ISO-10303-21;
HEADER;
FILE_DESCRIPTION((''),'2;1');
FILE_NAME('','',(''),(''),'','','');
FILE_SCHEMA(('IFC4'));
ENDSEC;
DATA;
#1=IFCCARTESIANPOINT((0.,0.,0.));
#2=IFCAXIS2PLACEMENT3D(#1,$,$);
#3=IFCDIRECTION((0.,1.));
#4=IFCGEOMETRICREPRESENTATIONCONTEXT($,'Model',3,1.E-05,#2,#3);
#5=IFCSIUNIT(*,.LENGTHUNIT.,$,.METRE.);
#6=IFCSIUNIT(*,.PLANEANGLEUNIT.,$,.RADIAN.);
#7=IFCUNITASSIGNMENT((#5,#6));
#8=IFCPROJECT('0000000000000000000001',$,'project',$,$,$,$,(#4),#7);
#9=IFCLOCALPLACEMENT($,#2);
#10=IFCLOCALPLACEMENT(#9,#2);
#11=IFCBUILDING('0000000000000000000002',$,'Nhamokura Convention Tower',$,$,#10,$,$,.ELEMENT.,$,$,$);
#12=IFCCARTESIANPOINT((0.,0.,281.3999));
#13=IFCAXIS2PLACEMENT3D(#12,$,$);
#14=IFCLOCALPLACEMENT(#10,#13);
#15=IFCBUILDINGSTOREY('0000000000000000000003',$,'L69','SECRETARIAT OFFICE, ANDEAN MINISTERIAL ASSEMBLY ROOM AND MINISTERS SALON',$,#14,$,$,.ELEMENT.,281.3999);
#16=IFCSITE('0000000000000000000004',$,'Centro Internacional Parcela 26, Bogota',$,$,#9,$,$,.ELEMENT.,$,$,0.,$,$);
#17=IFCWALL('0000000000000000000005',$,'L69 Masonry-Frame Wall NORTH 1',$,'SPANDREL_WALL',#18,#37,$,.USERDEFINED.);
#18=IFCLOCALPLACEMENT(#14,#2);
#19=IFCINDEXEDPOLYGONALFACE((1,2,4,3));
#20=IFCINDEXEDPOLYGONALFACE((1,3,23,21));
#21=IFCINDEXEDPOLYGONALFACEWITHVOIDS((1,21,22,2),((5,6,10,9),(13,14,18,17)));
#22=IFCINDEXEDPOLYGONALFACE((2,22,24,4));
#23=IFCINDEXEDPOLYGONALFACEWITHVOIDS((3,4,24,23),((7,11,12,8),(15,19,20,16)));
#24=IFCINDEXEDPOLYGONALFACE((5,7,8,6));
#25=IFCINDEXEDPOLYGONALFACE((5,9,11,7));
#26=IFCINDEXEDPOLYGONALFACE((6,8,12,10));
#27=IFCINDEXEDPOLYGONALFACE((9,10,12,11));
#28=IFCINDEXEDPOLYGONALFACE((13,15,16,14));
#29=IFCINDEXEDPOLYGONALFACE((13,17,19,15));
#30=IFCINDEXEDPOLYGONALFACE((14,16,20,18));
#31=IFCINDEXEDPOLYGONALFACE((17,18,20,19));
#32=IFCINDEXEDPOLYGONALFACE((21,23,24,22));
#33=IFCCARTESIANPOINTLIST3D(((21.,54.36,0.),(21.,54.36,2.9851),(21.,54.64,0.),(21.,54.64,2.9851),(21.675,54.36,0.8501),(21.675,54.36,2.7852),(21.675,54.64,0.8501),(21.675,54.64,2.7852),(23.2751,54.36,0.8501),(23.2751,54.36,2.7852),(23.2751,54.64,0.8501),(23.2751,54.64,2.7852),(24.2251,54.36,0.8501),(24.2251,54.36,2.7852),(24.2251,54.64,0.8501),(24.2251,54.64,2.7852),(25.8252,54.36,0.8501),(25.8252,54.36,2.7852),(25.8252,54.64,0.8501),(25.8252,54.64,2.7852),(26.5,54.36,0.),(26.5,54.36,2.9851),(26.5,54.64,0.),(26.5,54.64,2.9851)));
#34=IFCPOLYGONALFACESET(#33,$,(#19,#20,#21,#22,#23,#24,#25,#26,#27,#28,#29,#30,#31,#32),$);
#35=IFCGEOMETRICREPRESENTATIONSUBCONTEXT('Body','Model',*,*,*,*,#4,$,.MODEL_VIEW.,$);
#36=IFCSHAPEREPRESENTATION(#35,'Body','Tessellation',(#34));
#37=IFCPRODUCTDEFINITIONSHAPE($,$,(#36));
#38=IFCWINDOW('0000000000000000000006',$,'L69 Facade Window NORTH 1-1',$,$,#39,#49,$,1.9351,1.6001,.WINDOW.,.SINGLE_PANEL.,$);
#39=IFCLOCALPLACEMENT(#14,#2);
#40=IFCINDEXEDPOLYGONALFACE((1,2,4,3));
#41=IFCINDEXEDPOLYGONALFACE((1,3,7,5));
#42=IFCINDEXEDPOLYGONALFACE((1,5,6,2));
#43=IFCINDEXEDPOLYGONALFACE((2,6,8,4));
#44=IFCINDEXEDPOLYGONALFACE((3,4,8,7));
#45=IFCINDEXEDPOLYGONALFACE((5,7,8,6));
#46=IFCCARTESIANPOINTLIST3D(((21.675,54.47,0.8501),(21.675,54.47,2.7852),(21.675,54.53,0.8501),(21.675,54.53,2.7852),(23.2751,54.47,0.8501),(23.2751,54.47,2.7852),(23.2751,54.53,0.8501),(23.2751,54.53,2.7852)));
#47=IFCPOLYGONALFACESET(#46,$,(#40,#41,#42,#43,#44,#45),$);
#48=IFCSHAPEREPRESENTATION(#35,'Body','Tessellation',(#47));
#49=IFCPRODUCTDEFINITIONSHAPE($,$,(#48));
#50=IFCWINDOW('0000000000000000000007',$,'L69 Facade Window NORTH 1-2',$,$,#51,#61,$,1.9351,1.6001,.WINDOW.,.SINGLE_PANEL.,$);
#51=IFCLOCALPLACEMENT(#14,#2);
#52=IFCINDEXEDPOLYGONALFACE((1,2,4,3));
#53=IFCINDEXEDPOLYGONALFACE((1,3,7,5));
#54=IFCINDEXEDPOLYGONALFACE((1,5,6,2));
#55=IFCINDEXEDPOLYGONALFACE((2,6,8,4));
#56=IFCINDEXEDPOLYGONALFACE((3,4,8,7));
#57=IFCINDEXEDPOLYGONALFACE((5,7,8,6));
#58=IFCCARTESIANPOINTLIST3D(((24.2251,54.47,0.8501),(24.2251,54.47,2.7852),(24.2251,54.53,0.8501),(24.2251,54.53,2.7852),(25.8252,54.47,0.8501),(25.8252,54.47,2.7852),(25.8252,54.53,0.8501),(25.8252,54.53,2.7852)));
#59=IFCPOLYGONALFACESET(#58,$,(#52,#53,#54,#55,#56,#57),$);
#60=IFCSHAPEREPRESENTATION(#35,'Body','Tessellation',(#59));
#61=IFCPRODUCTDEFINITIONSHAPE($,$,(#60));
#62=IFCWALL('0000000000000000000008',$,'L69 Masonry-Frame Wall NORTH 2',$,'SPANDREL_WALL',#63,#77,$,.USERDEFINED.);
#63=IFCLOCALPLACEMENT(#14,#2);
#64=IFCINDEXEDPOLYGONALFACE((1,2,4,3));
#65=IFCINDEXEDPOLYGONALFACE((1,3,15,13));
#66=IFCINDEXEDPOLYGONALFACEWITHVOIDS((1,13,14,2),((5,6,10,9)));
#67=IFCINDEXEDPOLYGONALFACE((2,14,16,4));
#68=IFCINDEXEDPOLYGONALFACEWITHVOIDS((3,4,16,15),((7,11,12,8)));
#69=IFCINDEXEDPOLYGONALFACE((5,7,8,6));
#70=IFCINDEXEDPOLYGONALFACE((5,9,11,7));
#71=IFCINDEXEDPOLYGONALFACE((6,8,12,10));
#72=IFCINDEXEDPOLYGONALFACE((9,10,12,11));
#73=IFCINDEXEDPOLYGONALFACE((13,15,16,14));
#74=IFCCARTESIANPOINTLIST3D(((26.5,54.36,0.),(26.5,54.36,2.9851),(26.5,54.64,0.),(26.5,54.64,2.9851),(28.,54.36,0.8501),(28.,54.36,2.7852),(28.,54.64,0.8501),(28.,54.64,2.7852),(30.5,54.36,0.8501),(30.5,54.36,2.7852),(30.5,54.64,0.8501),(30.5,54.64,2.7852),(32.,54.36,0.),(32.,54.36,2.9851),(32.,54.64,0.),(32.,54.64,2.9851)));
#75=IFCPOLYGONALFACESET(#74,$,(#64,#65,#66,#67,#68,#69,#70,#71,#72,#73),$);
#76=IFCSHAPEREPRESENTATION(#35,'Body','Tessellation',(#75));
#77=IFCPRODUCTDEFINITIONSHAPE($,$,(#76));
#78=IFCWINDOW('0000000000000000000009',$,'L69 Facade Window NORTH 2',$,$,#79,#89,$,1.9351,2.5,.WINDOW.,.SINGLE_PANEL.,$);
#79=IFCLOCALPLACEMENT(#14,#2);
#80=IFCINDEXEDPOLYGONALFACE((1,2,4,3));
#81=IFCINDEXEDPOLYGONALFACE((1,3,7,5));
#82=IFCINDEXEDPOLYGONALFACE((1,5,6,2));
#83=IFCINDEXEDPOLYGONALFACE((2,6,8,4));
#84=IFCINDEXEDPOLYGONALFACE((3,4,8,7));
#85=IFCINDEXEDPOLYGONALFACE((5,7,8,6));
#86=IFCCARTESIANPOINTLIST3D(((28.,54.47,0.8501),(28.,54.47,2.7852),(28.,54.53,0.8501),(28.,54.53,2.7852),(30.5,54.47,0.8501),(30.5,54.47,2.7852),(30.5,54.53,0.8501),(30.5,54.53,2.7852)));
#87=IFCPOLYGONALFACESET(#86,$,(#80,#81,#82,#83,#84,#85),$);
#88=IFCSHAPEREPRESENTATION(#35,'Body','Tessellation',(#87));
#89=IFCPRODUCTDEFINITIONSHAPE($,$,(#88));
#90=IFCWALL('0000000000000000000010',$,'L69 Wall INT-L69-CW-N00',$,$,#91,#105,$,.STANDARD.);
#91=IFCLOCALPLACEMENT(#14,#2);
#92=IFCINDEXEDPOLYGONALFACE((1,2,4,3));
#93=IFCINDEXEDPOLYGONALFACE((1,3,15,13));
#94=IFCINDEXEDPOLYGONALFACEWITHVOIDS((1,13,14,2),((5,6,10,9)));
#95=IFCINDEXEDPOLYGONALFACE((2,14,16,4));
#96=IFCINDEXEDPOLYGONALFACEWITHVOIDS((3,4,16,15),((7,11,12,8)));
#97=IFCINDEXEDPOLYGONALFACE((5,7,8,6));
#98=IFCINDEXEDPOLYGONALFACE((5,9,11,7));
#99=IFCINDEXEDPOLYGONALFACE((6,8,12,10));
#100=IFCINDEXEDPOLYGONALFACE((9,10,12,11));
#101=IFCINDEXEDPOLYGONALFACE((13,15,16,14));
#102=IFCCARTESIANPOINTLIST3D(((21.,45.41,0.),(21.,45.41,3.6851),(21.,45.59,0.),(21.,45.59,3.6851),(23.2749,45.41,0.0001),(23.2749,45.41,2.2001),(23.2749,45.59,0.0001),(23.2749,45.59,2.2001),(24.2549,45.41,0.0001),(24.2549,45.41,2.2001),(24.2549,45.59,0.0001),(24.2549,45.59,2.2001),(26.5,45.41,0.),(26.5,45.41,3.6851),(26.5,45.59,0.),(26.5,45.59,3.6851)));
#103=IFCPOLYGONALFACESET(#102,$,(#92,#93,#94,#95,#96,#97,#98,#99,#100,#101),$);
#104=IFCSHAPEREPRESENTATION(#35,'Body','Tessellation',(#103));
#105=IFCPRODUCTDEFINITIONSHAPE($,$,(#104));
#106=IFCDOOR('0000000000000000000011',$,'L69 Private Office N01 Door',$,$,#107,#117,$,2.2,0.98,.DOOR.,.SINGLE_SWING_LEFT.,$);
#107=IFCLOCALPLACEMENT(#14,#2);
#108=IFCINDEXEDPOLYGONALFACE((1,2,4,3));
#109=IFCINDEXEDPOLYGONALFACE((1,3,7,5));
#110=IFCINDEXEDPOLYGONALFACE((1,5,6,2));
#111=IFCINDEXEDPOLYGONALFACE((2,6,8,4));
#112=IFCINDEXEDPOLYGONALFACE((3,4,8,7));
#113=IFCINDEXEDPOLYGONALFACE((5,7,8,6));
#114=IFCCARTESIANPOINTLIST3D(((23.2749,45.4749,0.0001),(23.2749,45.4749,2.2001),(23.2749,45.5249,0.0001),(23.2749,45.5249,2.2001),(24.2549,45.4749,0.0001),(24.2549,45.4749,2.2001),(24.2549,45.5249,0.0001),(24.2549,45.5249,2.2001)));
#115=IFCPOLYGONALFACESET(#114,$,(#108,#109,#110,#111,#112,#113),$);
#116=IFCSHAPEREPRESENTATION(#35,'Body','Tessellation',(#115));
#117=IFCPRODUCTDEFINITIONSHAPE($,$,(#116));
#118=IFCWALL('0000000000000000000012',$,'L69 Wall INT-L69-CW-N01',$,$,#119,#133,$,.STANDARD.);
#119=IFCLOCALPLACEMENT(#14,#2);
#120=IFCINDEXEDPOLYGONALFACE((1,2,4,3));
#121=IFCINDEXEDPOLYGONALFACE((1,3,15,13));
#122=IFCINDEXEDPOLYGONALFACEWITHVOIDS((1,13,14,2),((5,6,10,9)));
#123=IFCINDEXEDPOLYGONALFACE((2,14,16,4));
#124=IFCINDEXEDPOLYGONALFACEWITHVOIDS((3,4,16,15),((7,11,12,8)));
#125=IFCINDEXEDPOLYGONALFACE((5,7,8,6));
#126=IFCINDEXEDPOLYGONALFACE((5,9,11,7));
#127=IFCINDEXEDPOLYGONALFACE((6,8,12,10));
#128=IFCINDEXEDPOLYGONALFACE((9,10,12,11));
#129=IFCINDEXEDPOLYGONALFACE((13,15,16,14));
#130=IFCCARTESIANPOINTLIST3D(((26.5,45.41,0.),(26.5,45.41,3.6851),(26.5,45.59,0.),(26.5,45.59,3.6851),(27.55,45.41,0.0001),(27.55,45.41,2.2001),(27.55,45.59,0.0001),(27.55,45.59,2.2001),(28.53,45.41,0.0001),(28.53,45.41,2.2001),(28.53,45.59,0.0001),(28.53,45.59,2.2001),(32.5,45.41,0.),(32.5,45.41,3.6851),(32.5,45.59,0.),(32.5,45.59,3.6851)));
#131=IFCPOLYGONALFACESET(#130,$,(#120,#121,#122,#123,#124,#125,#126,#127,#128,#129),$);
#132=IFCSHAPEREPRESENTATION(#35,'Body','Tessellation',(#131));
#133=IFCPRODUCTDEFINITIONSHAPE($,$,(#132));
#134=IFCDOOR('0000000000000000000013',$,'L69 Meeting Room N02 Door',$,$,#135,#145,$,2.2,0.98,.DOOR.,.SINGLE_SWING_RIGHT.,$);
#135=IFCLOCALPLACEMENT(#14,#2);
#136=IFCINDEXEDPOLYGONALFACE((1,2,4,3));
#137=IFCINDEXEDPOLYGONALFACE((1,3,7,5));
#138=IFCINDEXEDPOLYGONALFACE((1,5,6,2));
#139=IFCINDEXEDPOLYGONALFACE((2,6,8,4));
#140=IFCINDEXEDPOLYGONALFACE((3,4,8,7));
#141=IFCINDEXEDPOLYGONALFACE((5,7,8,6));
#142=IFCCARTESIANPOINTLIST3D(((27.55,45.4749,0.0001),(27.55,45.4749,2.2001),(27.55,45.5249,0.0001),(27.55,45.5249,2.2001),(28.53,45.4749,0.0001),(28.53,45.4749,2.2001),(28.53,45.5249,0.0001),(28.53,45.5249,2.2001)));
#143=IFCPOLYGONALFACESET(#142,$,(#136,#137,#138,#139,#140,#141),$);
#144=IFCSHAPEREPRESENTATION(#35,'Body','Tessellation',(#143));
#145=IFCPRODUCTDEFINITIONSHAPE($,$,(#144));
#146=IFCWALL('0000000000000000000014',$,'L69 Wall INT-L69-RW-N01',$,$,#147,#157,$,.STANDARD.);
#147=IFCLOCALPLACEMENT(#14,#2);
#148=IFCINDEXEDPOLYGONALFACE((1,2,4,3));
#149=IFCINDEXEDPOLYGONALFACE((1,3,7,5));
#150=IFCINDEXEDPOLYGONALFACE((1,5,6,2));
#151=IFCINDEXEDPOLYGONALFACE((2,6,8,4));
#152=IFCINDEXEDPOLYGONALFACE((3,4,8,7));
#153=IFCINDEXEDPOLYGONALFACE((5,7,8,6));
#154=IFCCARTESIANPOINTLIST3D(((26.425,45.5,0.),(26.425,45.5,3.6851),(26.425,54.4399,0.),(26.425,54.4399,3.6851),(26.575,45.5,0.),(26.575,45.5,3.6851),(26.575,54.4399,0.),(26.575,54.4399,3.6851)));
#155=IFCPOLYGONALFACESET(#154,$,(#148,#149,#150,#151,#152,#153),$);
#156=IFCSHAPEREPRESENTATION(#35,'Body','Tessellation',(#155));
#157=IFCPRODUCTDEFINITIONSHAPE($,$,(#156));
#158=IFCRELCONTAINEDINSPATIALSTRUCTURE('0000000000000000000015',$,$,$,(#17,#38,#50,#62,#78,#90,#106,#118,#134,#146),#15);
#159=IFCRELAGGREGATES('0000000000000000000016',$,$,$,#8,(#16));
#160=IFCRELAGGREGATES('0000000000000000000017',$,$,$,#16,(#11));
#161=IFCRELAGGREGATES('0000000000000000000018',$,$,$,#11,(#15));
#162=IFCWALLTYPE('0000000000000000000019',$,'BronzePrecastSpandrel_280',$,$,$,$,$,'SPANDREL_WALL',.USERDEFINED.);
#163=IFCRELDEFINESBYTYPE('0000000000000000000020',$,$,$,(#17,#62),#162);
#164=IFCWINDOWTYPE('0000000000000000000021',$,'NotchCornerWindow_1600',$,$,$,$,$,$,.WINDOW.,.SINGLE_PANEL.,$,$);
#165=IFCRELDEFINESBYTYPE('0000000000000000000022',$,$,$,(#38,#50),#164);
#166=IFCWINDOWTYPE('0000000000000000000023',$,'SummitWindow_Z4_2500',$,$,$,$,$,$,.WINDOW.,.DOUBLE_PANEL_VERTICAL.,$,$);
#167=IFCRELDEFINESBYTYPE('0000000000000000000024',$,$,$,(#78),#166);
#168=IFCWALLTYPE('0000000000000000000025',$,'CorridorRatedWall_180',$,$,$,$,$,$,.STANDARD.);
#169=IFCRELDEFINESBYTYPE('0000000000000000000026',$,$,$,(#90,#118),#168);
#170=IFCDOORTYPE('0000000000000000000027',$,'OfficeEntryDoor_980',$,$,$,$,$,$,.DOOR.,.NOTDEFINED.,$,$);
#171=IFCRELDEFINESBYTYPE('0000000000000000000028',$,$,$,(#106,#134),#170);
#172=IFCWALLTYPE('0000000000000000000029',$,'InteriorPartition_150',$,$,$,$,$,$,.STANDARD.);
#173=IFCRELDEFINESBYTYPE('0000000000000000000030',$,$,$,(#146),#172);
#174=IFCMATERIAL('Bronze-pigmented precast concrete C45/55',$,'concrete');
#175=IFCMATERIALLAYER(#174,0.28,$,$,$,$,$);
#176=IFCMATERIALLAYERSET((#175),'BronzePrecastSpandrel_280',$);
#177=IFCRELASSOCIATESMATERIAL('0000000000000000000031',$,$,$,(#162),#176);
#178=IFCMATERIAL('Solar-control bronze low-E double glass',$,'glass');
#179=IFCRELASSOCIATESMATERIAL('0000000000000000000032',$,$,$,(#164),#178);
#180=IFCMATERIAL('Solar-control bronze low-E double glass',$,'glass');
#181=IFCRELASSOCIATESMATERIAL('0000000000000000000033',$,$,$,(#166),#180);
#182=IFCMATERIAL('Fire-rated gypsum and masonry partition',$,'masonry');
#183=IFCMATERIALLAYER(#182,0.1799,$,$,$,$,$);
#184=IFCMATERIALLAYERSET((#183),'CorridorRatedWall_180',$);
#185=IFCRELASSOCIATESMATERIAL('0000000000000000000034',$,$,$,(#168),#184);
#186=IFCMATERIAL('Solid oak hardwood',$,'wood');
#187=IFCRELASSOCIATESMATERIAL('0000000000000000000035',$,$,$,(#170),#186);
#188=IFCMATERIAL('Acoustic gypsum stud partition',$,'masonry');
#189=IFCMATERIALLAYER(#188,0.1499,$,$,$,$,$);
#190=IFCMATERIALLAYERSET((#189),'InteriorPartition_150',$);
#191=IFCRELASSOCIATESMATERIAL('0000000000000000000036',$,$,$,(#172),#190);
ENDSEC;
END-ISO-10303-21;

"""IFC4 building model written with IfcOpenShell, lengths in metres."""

from ifc_helpers import new_model, si_unit, direction, frame, frame_2d, origin, place, context, subcontext, project, spatial, rectangle, extrude, material, layer, layer_set, type_object, element, fill, save


model = new_model("IFC4")

# Units and contexts
model_context = context("Model", 3, precision=1e-05, world=origin(), true_north=direction((0.0, 1.0)))
body_context = subcontext(model_context, "Body", "Model", "MODEL_VIEW")
ifc_project = project(units=[si_unit("LENGTHUNIT", "METRE"), si_unit("PLANEANGLEUNIT", "RADIAN")], contexts=[model_context])

# Site, building, storey
site_placement = place(None, origin())
site = spatial("IfcSite", under=ifc_project, at=site_placement, Name="Centro Internacional Parcela 26, Bogota", CompositionType="ELEMENT", RefElevation=0.0)
building_placement = place(site_placement, origin())
building = spatial("IfcBuilding", under=site, at=building_placement, Name="Nhamokura Convention Tower", CompositionType="ELEMENT")
storey_placement = place(building_placement, frame((0.0, 0.0, 281.3999)))
storey = spatial("IfcBuildingStorey", under=building, at=storey_placement, Name="L69", Description="SECRETARIAT OFFICE, ANDEAN MINISTERIAL ASSEMBLY ROOM AND MINISTERS SALON", CompositionType="ELEMENT", Elevation=281.3999)

# Wall, openings, windows
ifc_material_1 = material(Name="Bronze-pigmented precast concrete C45/55", Category="concrete")
ifc_layer_1 = layer(ifc_material_1, 0.28)
ifc_layer_set_1 = layer_set([ifc_layer_1], Name="BronzePrecastSpandrel_280")
wall_type_1 = type_object("IfcWallType", Name="BronzePrecastSpandrel_280", ElementType="SPANDREL_WALL", PredefinedType="USERDEFINED", material=ifc_layer_set_1)
wall_1_placement = place(storey_placement, frame((21.0, 54.5, 0.0), z_axis=(0.0, 0.0, 1.0), x_axis=(1.0, 0.0, 0.0)))
wall_1 = element("IfcWall", 1, at=wall_1_placement, inside=storey, type_object=wall_type_1, Name="L69 Masonry-Frame Wall NORTH 1", ObjectType="SPANDREL_WALL", PredefinedType="USERDEFINED", context=body_context, shape_type="SweptSolid", body=[
    extrude(rectangle(XDim=5.5, YDim=0.28, at=frame_2d((2.75, 0.0))), origin(), (0.0, 0.0, 1.0), 2.9851),
])
opening_1_placement = place(wall_1_placement, frame((0.675, 0.0, 0.8501)))
opening_1 = element("IfcOpeningElement", 2, at=opening_1_placement, cuts=wall_1, PredefinedType="OPENING", context=body_context, shape_type="SweptSolid", body=[
    extrude(rectangle(XDim=1.6001, YDim=1.9351, at=frame_2d((0.8, 0.9675))), frame((0.0, 0.1499, 0.0), z_axis=(0.0, -1.0, 0.0), x_axis=(1.0, 0.0, 0.0)), (0.0, 0.0, 1.0), 0.3),
])
opening_2_placement = place(wall_1_placement, frame((3.2251, 0.0, 0.8501)))
opening_2 = element("IfcOpeningElement", 3, at=opening_2_placement, cuts=wall_1, PredefinedType="OPENING", context=body_context, shape_type="SweptSolid", body=[
    extrude(rectangle(XDim=1.6001, YDim=1.9351, at=frame_2d((0.8, 0.9675))), frame((0.0, 0.1499, 0.0), z_axis=(0.0, -1.0, 0.0), x_axis=(1.0, 0.0, 0.0)), (0.0, 0.0, 1.0), 0.3),
])
ifc_material_2 = material(Name="Solar-control bronze low-E double glass", Category="glass")
window_type_1 = type_object("IfcWindowType", Name="NotchCornerWindow_1600", PartitioningType="SINGLE_PANEL", PredefinedType="WINDOW", material=ifc_material_2)
window_1_placement = place(opening_1_placement, origin())
window_1 = element("IfcWindow", 4, at=window_1_placement, inside=storey, type_object=window_type_1, Name="L69 Facade Window NORTH 1-1", OverallHeight=1.9351, OverallWidth=1.6001, PartitioningType="SINGLE_PANEL", PredefinedType="WINDOW", context=body_context, shape_type="SweptSolid", body=[
    extrude(rectangle(XDim=1.6001, YDim=1.9351, at=frame_2d((0.8, 0.9675))), frame((0.0, 0.03, 0.0), z_axis=(0.0, -1.0, 0.0), x_axis=(1.0, 0.0, 0.0)), (0.0, 0.0, 1.0), 0.0601),
])
fill(opening_1, window_1)
window_2_placement = place(opening_2_placement, origin())
window_2 = element("IfcWindow", 5, at=window_2_placement, inside=storey, type_object=window_type_1, Name="L69 Facade Window NORTH 1-2", OverallHeight=1.9351, OverallWidth=1.6001, PartitioningType="SINGLE_PANEL", PredefinedType="WINDOW", context=body_context, shape_type="SweptSolid", body=[
    extrude(rectangle(XDim=1.6001, YDim=1.9351, at=frame_2d((0.8, 0.9675))), frame((0.0, 0.03, 0.0), z_axis=(0.0, -1.0, 0.0), x_axis=(1.0, 0.0, 0.0)), (0.0, 0.0, 1.0), 0.0601),
])
fill(opening_2, window_2)

# Wall, opening, window
wall_2_placement = place(storey_placement, frame((26.5, 54.5, 0.0), z_axis=(0.0, 0.0, 1.0), x_axis=(1.0, 0.0, 0.0)))
wall_2 = element("IfcWall", 6, at=wall_2_placement, inside=storey, type_object=wall_type_1, Name="L69 Masonry-Frame Wall NORTH 2", ObjectType="SPANDREL_WALL", PredefinedType="USERDEFINED", context=body_context, shape_type="SweptSolid", body=[
    extrude(rectangle(XDim=5.5, YDim=0.28, at=frame_2d((2.75, 0.0))), origin(), (0.0, 0.0, 1.0), 2.9851),
])
opening_3_placement = place(wall_2_placement, frame((1.5, 0.0, 0.8501)))
opening_3 = element("IfcOpeningElement", 7, at=opening_3_placement, cuts=wall_2, PredefinedType="OPENING", context=body_context, shape_type="SweptSolid", body=[
    extrude(rectangle(XDim=2.5, YDim=1.9351, at=frame_2d((1.25, 0.9675))), frame((0.0, 0.1499, 0.0), z_axis=(0.0, -1.0, 0.0), x_axis=(1.0, 0.0, 0.0)), (0.0, 0.0, 1.0), 0.3),
])
ifc_material_3 = material(Name="Solar-control bronze low-E double glass", Category="glass")
window_type_2 = type_object("IfcWindowType", Name="SummitWindow_Z4_2500", PartitioningType="DOUBLE_PANEL_VERTICAL", PredefinedType="WINDOW", material=ifc_material_3)
window_3_placement = place(opening_3_placement, origin())
window_3 = element("IfcWindow", 8, at=window_3_placement, inside=storey, type_object=window_type_2, Name="L69 Facade Window NORTH 2", OverallHeight=1.9351, OverallWidth=2.5, PartitioningType="SINGLE_PANEL", PredefinedType="WINDOW", context=body_context, shape_type="SweptSolid", body=[
    extrude(rectangle(XDim=2.5, YDim=1.9351, at=frame_2d((1.25, 0.9675))), frame((0.0, 0.03, 0.0), z_axis=(0.0, -1.0, 0.0), x_axis=(1.0, 0.0, 0.0)), (0.0, 0.0, 1.0), 0.0601),
])
fill(opening_3, window_3)

# Walls, openings, doors
ifc_material_4 = material(Name="Fire-rated gypsum and masonry partition", Category="masonry")
ifc_layer_2 = layer(ifc_material_4, 0.1799)
ifc_layer_set_2 = layer_set([ifc_layer_2], Name="CorridorRatedWall_180")
wall_type_2 = type_object("IfcWallType", Name="CorridorRatedWall_180", PredefinedType="STANDARD", material=ifc_layer_set_2)
wall_3_placement = place(storey_placement, frame((21.0, 45.5, 0.0), z_axis=(0.0, 0.0, 1.0), x_axis=(1.0, 0.0, 0.0)))
wall_3 = element("IfcWall", 9, at=wall_3_placement, inside=storey, type_object=wall_type_2, Name="L69 Wall INT-L69-CW-N00", PredefinedType="STANDARD", context=body_context, shape_type="SweptSolid", body=[
    extrude(rectangle(XDim=5.5, YDim=0.1799, at=frame_2d((2.75, 0.0))), origin(), (0.0, 0.0, 1.0), 3.6851),
])
opening_4_placement = place(wall_3_placement, frame((2.2749, 0.0, 0.0)))
opening_4 = element("IfcOpeningElement", 10, at=opening_4_placement, cuts=wall_3, PredefinedType="OPENING", context=body_context, shape_type="SweptSolid", body=[
    extrude(rectangle(XDim=0.98, YDim=2.2, at=frame_2d((0.49, 1.1001))), frame((0.0, 0.0999, 0.0), z_axis=(0.0, -1.0, 0.0), x_axis=(1.0, 0.0, 0.0)), (0.0, 0.0, 1.0), 0.2),
])
ifc_material_5 = material(Name="Solid oak hardwood", Category="wood")
door_type = type_object("IfcDoorType", Name="OfficeEntryDoor_980", OperationType="NOTDEFINED", PredefinedType="DOOR", material=ifc_material_5)
door_1_placement = place(opening_4_placement, origin())
door_1 = element("IfcDoor", 11, at=door_1_placement, inside=storey, type_object=door_type, Name="L69 Private Office N01 Door", OperationType="SINGLE_SWING_LEFT", OverallHeight=2.2, OverallWidth=0.98, PredefinedType="DOOR", context=body_context, shape_type="SweptSolid", body=[
    extrude(rectangle(XDim=0.98, YDim=2.2, at=frame_2d((0.49, 1.1001))), frame((0.0, 0.0249, 0.0), z_axis=(0.0, -1.0, 0.0), x_axis=(1.0, 0.0, 0.0)), (0.0, 0.0, 1.0), 0.05),
])
fill(opening_4, door_1)
wall_4_placement = place(storey_placement, frame((26.5, 45.5, 0.0), z_axis=(0.0, 0.0, 1.0), x_axis=(1.0, 0.0, 0.0)))
wall_4 = element("IfcWall", 12, at=wall_4_placement, inside=storey, type_object=wall_type_2, Name="L69 Wall INT-L69-CW-N01", PredefinedType="STANDARD", context=body_context, shape_type="SweptSolid", body=[
    extrude(rectangle(XDim=6.0, YDim=0.1799, at=frame_2d((3.0, 0.0))), origin(), (0.0, 0.0, 1.0), 3.6851),
])
opening_5_placement = place(wall_4_placement, frame((1.05, 0.0, 0.0)))
opening_5 = element("IfcOpeningElement", 13, at=opening_5_placement, cuts=wall_4, PredefinedType="OPENING", context=body_context, shape_type="SweptSolid", body=[
    extrude(rectangle(XDim=0.98, YDim=2.2, at=frame_2d((0.49, 1.1001))), frame((0.0, 0.0999, 0.0), z_axis=(0.0, -1.0, 0.0), x_axis=(1.0, 0.0, 0.0)), (0.0, 0.0, 1.0), 0.2),
])
door_2_placement = place(opening_5_placement, origin())
door_2 = element("IfcDoor", 14, at=door_2_placement, inside=storey, type_object=door_type, Name="L69 Meeting Room N02 Door", OperationType="SINGLE_SWING_RIGHT", OverallHeight=2.2, OverallWidth=0.98, PredefinedType="DOOR", context=body_context, shape_type="SweptSolid", body=[
    extrude(rectangle(XDim=0.98, YDim=2.2, at=frame_2d((0.49, 1.1001))), frame((0.0, 0.0249, 0.0), z_axis=(0.0, -1.0, 0.0), x_axis=(1.0, 0.0, 0.0)), (0.0, 0.0, 1.0), 0.05),
])
fill(opening_5, door_2)

# Wall
ifc_material_6 = material(Name="Acoustic gypsum stud partition", Category="masonry")
ifc_layer_3 = layer(ifc_material_6, 0.1499)
ifc_layer_set_3 = layer_set([ifc_layer_3], Name="InteriorPartition_150")
wall_type_3 = type_object("IfcWallType", Name="InteriorPartition_150", PredefinedType="STANDARD", material=ifc_layer_set_3)
wall_5_placement = place(storey_placement, frame((26.5, 45.5, 0.0), z_axis=(0.0, 0.0, 1.0), x_axis=(0.0, 1.0, 0.0)))
element("IfcWall", 15, at=wall_5_placement, inside=storey, type_object=wall_type_3, Name="L69 Wall INT-L69-RW-N01", PredefinedType="STANDARD", context=body_context, shape_type="SweptSolid", body=[
    extrude(rectangle(XDim=8.9399, YDim=0.1499, at=frame_2d((4.47, 0.0))), origin(), (0.0, 0.0, 1.0), 3.6851),
])

save(model, "model.ifc")
